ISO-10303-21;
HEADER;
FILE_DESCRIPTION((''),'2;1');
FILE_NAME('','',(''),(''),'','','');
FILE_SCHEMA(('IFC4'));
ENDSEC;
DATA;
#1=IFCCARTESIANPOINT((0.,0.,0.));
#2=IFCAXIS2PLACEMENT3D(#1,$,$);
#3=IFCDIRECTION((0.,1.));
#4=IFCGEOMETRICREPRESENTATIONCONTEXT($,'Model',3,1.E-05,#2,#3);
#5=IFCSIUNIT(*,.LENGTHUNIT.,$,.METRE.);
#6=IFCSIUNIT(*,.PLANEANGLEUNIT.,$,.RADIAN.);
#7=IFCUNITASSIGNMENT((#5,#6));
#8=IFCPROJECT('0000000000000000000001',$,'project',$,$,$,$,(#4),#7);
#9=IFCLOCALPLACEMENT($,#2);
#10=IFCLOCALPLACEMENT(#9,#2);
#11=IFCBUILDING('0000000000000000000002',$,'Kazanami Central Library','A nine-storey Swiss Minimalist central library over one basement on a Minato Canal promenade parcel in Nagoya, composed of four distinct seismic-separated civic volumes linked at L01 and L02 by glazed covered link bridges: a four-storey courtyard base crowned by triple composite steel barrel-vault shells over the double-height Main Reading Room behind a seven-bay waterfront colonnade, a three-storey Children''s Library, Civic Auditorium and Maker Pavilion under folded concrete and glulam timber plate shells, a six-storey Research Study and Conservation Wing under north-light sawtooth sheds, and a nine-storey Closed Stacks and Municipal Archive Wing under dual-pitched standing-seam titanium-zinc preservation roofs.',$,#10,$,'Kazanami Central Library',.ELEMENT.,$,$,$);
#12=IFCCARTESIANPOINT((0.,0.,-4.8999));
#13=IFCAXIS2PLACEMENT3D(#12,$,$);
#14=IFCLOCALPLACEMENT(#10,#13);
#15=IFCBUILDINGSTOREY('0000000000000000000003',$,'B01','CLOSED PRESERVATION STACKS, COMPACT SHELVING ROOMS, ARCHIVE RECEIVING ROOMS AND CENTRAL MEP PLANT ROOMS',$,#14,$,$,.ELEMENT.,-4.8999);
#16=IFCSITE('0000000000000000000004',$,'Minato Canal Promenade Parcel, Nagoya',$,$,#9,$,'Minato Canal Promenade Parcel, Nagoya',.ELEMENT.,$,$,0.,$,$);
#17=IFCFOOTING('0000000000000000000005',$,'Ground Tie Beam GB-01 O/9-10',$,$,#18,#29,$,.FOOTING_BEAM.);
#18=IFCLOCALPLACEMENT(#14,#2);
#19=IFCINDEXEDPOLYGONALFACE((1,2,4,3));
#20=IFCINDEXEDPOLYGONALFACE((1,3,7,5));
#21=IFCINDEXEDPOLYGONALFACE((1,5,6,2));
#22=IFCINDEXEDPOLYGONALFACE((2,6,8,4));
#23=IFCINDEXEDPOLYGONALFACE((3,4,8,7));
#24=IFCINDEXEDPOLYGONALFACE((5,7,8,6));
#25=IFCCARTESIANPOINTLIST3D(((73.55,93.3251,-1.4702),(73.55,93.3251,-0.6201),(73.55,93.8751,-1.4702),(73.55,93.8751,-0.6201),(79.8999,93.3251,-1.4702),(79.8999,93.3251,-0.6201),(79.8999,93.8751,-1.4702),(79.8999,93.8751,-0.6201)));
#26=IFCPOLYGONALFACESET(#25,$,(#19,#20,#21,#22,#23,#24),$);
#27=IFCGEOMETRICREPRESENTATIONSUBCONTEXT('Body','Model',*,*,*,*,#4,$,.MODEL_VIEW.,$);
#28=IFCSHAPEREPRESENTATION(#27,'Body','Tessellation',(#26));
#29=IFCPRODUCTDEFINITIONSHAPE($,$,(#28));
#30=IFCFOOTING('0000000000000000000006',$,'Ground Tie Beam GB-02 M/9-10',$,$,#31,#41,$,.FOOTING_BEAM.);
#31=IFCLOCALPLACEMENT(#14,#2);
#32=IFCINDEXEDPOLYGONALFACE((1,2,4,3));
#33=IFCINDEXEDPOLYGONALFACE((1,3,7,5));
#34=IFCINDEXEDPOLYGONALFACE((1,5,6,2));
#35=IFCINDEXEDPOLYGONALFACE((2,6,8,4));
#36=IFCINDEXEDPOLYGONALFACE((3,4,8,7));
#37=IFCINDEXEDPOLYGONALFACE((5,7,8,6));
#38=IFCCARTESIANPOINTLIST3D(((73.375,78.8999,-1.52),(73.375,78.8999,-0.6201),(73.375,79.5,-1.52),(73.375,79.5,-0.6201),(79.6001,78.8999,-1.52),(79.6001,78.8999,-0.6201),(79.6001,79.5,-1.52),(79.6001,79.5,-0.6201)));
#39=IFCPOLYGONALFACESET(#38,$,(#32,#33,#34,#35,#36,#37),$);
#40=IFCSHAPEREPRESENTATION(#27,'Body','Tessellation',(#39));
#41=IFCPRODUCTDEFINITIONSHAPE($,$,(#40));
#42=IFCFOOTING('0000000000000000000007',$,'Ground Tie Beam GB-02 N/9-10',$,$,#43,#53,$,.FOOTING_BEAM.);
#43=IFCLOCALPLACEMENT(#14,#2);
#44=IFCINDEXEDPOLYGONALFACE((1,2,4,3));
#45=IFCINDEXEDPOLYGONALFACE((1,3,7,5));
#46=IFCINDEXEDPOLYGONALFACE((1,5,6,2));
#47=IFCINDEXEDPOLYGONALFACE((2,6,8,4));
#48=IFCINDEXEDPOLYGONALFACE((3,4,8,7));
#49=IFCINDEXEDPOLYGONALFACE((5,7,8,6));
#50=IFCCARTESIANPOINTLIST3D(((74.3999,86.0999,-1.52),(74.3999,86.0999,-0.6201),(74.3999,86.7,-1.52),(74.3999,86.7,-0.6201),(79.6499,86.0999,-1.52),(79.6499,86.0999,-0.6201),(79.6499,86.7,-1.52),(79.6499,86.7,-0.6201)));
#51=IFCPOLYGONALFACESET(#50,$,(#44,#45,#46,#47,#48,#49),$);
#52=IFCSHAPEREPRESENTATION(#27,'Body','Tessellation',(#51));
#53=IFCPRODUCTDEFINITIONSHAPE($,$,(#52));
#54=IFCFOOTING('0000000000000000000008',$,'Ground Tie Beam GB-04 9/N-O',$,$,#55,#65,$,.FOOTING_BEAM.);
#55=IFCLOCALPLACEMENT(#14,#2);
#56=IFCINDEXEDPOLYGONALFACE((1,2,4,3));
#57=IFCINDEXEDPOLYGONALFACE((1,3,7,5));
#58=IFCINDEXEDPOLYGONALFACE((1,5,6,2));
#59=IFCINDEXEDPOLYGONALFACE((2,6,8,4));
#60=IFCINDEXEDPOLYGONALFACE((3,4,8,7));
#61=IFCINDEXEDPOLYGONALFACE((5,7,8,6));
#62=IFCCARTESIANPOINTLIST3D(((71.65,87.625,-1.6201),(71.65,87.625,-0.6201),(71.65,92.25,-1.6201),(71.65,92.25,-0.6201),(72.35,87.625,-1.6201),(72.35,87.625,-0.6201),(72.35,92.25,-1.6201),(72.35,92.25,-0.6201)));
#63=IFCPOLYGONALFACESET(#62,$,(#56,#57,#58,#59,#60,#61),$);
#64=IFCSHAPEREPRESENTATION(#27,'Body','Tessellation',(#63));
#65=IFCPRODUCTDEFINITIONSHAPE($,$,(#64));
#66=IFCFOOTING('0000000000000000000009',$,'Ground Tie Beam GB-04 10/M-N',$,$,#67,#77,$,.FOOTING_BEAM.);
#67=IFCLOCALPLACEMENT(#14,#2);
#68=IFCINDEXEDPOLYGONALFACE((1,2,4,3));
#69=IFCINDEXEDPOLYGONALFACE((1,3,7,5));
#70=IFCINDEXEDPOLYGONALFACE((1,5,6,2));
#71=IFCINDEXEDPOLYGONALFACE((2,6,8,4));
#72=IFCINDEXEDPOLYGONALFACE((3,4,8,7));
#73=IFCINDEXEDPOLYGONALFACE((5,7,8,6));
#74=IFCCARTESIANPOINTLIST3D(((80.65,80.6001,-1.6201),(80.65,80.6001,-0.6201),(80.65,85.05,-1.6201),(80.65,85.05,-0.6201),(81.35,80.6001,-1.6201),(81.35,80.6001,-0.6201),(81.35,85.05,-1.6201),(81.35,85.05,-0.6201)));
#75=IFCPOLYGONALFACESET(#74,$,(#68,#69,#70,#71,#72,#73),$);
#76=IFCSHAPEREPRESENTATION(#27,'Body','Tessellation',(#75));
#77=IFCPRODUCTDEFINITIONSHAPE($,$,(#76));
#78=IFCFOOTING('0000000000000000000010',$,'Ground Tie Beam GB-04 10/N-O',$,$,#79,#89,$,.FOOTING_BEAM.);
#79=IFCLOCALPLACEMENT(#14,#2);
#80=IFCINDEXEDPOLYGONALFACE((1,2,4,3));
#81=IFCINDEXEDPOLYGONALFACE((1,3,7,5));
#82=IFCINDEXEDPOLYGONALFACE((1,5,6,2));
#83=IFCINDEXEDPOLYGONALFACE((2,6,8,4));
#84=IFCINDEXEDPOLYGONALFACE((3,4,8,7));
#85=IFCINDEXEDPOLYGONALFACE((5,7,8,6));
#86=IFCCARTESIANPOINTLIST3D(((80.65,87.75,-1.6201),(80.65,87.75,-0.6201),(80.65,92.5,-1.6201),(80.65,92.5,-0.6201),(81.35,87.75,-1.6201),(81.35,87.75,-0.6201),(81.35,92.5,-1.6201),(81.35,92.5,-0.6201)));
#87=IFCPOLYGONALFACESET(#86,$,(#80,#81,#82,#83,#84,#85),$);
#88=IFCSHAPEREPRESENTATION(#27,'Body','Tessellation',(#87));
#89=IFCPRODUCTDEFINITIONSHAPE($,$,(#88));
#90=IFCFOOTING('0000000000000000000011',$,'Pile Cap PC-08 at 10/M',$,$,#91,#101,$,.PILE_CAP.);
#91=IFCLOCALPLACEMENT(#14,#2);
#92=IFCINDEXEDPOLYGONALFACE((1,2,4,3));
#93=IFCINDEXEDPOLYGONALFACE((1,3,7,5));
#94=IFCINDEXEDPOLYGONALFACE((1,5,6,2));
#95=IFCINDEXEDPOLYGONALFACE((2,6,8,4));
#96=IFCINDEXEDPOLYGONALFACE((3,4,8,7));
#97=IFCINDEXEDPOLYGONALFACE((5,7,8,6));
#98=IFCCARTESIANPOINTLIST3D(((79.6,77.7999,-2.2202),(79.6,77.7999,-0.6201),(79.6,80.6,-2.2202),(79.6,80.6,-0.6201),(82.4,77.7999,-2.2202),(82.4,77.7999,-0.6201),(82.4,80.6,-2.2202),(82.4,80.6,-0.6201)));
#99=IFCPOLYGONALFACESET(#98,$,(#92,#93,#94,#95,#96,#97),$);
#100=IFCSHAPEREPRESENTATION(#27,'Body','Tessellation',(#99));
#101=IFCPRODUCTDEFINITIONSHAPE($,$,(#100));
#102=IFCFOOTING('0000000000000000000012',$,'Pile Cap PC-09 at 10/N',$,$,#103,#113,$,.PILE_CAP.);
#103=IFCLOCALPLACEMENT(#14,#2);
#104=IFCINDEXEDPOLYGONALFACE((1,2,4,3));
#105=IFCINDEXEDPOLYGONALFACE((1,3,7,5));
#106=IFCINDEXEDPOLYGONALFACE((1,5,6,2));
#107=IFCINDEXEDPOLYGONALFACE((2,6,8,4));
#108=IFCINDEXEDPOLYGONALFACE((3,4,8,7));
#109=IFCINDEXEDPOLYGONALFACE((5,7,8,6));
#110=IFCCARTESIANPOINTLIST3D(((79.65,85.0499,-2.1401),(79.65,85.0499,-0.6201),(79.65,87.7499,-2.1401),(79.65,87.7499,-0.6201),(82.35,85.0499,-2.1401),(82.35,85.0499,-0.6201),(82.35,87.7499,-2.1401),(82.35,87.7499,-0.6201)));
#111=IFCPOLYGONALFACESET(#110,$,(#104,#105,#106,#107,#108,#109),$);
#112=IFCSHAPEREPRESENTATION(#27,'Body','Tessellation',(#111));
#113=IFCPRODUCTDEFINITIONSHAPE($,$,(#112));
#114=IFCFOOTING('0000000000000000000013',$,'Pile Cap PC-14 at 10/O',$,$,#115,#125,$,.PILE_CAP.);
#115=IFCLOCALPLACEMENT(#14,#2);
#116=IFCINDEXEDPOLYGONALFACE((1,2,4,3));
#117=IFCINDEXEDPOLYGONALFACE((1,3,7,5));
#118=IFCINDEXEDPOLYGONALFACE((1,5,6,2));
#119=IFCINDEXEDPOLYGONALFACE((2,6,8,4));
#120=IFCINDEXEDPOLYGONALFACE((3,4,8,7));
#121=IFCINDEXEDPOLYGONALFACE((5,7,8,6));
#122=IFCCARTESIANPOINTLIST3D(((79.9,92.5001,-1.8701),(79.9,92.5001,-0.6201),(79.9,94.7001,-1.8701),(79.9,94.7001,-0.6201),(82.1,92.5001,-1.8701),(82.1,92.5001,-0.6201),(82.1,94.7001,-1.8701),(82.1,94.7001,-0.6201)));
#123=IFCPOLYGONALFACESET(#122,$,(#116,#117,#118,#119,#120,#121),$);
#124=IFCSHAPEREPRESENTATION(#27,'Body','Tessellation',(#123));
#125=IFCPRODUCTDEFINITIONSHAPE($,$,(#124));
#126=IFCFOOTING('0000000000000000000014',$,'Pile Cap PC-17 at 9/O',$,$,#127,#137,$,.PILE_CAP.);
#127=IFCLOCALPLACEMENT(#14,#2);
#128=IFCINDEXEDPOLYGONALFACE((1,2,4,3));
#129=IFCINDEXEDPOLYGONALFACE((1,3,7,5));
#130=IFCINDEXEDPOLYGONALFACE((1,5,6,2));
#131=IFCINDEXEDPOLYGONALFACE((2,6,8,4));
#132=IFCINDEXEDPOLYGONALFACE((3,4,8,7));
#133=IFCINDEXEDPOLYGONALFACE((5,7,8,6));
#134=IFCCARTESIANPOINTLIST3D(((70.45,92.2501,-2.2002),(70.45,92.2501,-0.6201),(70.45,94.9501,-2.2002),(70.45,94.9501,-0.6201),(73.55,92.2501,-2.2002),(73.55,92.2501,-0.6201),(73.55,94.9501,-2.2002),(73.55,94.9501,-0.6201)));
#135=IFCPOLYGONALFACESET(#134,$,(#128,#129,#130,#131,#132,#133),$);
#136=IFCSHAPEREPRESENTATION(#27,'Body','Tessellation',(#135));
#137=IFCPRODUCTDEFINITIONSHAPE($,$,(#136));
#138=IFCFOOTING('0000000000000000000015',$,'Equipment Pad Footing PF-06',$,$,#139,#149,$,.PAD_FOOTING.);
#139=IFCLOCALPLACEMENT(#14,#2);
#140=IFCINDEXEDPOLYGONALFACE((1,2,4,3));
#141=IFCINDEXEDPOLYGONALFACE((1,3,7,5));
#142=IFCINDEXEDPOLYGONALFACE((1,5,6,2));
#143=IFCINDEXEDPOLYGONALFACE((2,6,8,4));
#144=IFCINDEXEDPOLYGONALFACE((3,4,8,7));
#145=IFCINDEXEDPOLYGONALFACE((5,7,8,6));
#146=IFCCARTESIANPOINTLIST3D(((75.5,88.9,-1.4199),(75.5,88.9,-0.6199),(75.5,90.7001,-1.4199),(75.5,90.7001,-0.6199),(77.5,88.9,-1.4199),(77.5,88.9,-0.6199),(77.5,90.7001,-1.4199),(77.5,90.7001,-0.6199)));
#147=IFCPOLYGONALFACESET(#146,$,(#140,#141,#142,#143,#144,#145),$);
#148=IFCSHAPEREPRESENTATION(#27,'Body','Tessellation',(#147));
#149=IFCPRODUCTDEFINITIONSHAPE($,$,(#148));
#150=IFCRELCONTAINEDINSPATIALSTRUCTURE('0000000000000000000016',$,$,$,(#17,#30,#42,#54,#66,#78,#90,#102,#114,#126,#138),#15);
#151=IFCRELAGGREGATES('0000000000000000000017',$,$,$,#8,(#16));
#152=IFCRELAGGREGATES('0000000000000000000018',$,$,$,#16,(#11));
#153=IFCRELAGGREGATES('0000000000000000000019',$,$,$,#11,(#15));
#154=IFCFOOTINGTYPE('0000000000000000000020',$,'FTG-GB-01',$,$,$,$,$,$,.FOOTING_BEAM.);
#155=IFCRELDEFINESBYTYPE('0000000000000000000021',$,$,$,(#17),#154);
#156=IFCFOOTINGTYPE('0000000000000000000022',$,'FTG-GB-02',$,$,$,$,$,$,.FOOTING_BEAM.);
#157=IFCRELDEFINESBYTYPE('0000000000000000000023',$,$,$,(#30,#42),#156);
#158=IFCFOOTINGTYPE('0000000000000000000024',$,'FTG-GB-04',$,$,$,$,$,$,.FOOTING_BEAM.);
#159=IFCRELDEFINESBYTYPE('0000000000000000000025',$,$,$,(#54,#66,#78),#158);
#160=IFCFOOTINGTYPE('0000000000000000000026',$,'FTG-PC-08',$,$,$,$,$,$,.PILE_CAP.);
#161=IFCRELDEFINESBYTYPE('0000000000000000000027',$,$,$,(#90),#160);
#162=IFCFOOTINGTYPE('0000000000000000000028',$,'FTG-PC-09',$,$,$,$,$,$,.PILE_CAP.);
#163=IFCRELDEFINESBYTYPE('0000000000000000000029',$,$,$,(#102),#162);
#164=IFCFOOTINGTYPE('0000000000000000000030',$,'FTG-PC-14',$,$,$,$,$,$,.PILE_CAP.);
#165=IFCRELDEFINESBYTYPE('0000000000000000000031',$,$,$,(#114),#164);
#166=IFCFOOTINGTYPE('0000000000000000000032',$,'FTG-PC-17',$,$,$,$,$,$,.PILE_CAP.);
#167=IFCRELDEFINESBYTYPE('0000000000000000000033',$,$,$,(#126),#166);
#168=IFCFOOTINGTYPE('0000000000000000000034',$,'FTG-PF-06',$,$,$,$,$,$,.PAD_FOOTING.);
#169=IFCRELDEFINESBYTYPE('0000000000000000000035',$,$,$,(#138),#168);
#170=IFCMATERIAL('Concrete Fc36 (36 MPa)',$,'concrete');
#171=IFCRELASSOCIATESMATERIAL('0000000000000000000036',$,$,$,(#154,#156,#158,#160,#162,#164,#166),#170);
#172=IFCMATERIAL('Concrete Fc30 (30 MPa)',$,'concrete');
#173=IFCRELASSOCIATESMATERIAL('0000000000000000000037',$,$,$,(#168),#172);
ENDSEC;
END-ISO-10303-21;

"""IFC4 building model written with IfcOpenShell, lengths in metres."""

from ifc_helpers import new_model, si_unit, direction, frame, origin, origin_2d, place, context, subcontext, project, spatial, rectangle, extrude, material, material_profile, profile_set, type_object, element, save


model = new_model("IFC4")

# Units and contexts
model_context = context("Model", 3, precision=1e-05, world=origin(), true_north=direction((0.0, 1.0)))
body_context = subcontext(model_context, "Body", "Model", "MODEL_VIEW")
ifc_project = project(units=[si_unit("LENGTHUNIT", "METRE"), si_unit("PLANEANGLEUNIT", "RADIAN")], contexts=[model_context])

# Site, building, storey
site_placement = place(None, origin())
site = spatial("IfcSite", under=ifc_project, at=site_placement, Name="Minato Canal Promenade Parcel, Nagoya", LongName="Minato Canal Promenade Parcel, Nagoya", CompositionType="ELEMENT", RefElevation=0.0)
building_placement = place(site_placement, origin())
building = spatial("IfcBuilding", under=site, at=building_placement, Name="Kazanami Central Library", Description="A nine-storey Swiss Minimalist central library over one basement on a Minato Canal promenade parcel in Nagoya, composed of four distinct seismic-separated civic volumes linked at L01 and L02 by glazed covered link bridges: a four-storey courtyard base crowned by triple composite steel barrel-vault shells over the double-height Main Reading Room behind a seven-bay waterfront colonnade, a three-storey Children's Library, Civic Auditorium and Maker Pavilion under folded concrete and glulam timber plate shells, a six-storey Research Study and Conservation Wing under north-light sawtooth sheds, and a nine-storey Closed Stacks and Municipal Archive Wing under dual-pitched standing-seam titanium-zinc preservation roofs.", LongName="Kazanami Central Library", CompositionType="ELEMENT")
storey_placement = place(building_placement, frame((0.0, 0.0, -4.8999)))
storey = spatial("IfcBuildingStorey", under=building, at=storey_placement, Name="B01", Description="CLOSED PRESERVATION STACKS, COMPACT SHELVING ROOMS, ARCHIVE RECEIVING ROOMS AND CENTRAL MEP PLANT ROOMS", CompositionType="ELEMENT", Elevation=-4.8999)

# Footings
ifc_material_1 = material(Name="Concrete Fc36 (36 MPa)", Category="concrete")
ifc_material_profile_1 = material_profile(ifc_material_1, rectangle(XDim=0.55, YDim=0.8501, at=origin_2d()), Name="RC-550x850")
ifc_profile_set_1 = profile_set([ifc_material_profile_1], Name="Concrete Fc36 (36 MPa)")
footing_type_1 = type_object("IfcFootingType", Name="FTG-GB-01", PredefinedType="FOOTING_BEAM", material=ifc_profile_set_1)
footing_1_placement = place(storey_placement, frame((73.55, 93.6001, -1.0452), z_axis=(1.0, 0.0, 0.0), x_axis=(0.0, 1.0, 0.0)))
element("IfcFooting", 1, at=footing_1_placement, inside=storey, type_object=footing_type_1, Name="Ground Tie Beam GB-01 O/9-10", PredefinedType="FOOTING_BEAM", context=body_context, shape_type="SweptSolid", body=[
    extrude(rectangle(XDim=0.55, YDim=0.8501, at=origin_2d()), origin(), (0.0, 0.0, 1.0), 6.3499),
])
ifc_material_profile_2 = material_profile(ifc_material_1, rectangle(XDim=0.6001, YDim=0.8999, at=origin_2d()), Name="RC-600x900")
ifc_profile_set_2 = profile_set([ifc_material_profile_2], Name="Concrete Fc36 (36 MPa)")
footing_type_2 = type_object("IfcFootingType", Name="FTG-GB-02", PredefinedType="FOOTING_BEAM", material=ifc_profile_set_2)
footing_2_placement = place(storey_placement, frame((73.375, 79.2, -1.0701), z_axis=(1.0, 0.0, 0.0), x_axis=(0.0, 1.0, 0.0)))
element("IfcFooting", 2, at=footing_2_placement, inside=storey, type_object=footing_type_2, Name="Ground Tie Beam GB-02 M/9-10", PredefinedType="FOOTING_BEAM", context=body_context, shape_type="SweptSolid", body=[
    extrude(rectangle(XDim=0.6001, YDim=0.8999, at=origin_2d()), origin(), (0.0, 0.0, 1.0), 6.2251),
])
footing_3_placement = place(storey_placement, frame((74.3999, 86.3999, -1.0701), z_axis=(1.0, 0.0, 0.0), x_axis=(0.0, 1.0, 0.0)))
element("IfcFooting", 3, at=footing_3_placement, inside=storey, type_object=footing_type_2, Name="Ground Tie Beam GB-02 N/9-10", PredefinedType="FOOTING_BEAM", context=body_context, shape_type="SweptSolid", body=[
    extrude(rectangle(XDim=0.6001, YDim=0.8999, at=origin_2d()), origin(), (0.0, 0.0, 1.0), 5.25),
])
ifc_material_profile_3 = material_profile(ifc_material_1, rectangle(XDim=0.7, YDim=1.0, at=origin_2d()), Name="RC-700x1000")
ifc_profile_set_3 = profile_set([ifc_material_profile_3], Name="Concrete Fc36 (36 MPa)")
footing_type_3 = type_object("IfcFootingType", Name="FTG-GB-04", PredefinedType="FOOTING_BEAM", material=ifc_profile_set_3)
footing_4_placement = place(storey_placement, frame((72.0, 87.625, -1.1201), z_axis=(0.0, 1.0, 0.0), x_axis=(-1.0, 0.0, 0.0)))
element("IfcFooting", 4, at=footing_4_placement, inside=storey, type_object=footing_type_3, Name="Ground Tie Beam GB-04 9/N-O", PredefinedType="FOOTING_BEAM", context=body_context, shape_type="SweptSolid", body=[
    extrude(rectangle(XDim=0.7, YDim=1.0, at=origin_2d()), origin(), (0.0, 0.0, 1.0), 4.625),
])
footing_5_placement = place(storey_placement, frame((81.0, 80.6001, -1.1201), z_axis=(0.0, 1.0, 0.0), x_axis=(-1.0, 0.0, 0.0)))
element("IfcFooting", 5, at=footing_5_placement, inside=storey, type_object=footing_type_3, Name="Ground Tie Beam GB-04 10/M-N", PredefinedType="FOOTING_BEAM", context=body_context, shape_type="SweptSolid", body=[
    extrude(rectangle(XDim=0.7, YDim=1.0, at=origin_2d()), origin(), (0.0, 0.0, 1.0), 4.45),
])
footing_6_placement = place(storey_placement, frame((81.0, 87.75, -1.1201), z_axis=(0.0, 1.0, 0.0), x_axis=(-1.0, 0.0, 0.0)))
element("IfcFooting", 6, at=footing_6_placement, inside=storey, type_object=footing_type_3, Name="Ground Tie Beam GB-04 10/N-O", PredefinedType="FOOTING_BEAM", context=body_context, shape_type="SweptSolid", body=[
    extrude(rectangle(XDim=0.7, YDim=1.0, at=origin_2d()), origin(), (0.0, 0.0, 1.0), 4.75),
])
footing_type_4 = type_object("IfcFootingType", Name="FTG-PC-08", PredefinedType="PILE_CAP", material=ifc_material_1)
footing_7_placement = place(storey_placement, frame((81.0, 79.2, -2.2202), z_axis=(0.0, 0.0, 1.0), x_axis=(1.0, 0.0, 0.0)))
element("IfcFooting", 7, at=footing_7_placement, inside=storey, type_object=footing_type_4, Name="Pile Cap PC-08 at 10/M", PredefinedType="PILE_CAP", context=body_context, shape_type="SweptSolid", body=[
    extrude(rectangle(XDim=2.8, YDim=2.8, at=origin_2d()), origin(), (0.0, 0.0, 1.0), 1.6001),
])
footing_type_5 = type_object("IfcFootingType", Name="FTG-PC-09", PredefinedType="PILE_CAP", material=ifc_material_1)
footing_8_placement = place(storey_placement, frame((81.0, 86.3999, -2.1401), z_axis=(0.0, 0.0, 1.0), x_axis=(1.0, 0.0, 0.0)))
element("IfcFooting", 8, at=footing_8_placement, inside=storey, type_object=footing_type_5, Name="Pile Cap PC-09 at 10/N", PredefinedType="PILE_CAP", context=body_context, shape_type="SweptSolid", body=[
    extrude(rectangle(XDim=2.7, YDim=2.7, at=origin_2d()), origin(), (0.0, 0.0, 1.0), 1.52),
])
footing_type_6 = type_object("IfcFootingType", Name="FTG-PC-14", PredefinedType="PILE_CAP", material=ifc_material_1)
footing_9_placement = place(storey_placement, frame((81.0, 93.6001, -1.8701), z_axis=(0.0, 0.0, 1.0), x_axis=(1.0, 0.0, 0.0)))
element("IfcFooting", 9, at=footing_9_placement, inside=storey, type_object=footing_type_6, Name="Pile Cap PC-14 at 10/O", PredefinedType="PILE_CAP", context=body_context, shape_type="SweptSolid", body=[
    extrude(rectangle(XDim=2.2, YDim=2.2, at=origin_2d()), origin(), (0.0, 0.0, 1.0), 1.25),
])
footing_type_7 = type_object("IfcFootingType", Name="FTG-PC-17", PredefinedType="PILE_CAP", material=ifc_material_1)
footing_10_placement = place(storey_placement, frame((72.0, 93.6001, -2.2002), z_axis=(0.0, 0.0, 1.0), x_axis=(1.0, 0.0, 0.0)))
element("IfcFooting", 10, at=footing_10_placement, inside=storey, type_object=footing_type_7, Name="Pile Cap PC-17 at 9/O", PredefinedType="PILE_CAP", context=body_context, shape_type="SweptSolid", body=[
    extrude(rectangle(XDim=3.1001, YDim=2.7, at=origin_2d()), origin(), (0.0, 0.0, 1.0), 1.5801),
])
ifc_material_2 = material(Name="Concrete Fc30 (30 MPa)", Category="concrete")
footing_type_8 = type_object("IfcFootingType", Name="FTG-PF-06", PredefinedType="PAD_FOOTING", material=ifc_material_2)
footing_11_placement = place(storey_placement, frame((76.5, 89.8, -1.4199), z_axis=(0.0, 0.0, 1.0), x_axis=(1.0, 0.0, 0.0)))
element("IfcFooting", 11, at=footing_11_placement, inside=storey, type_object=footing_type_8, Name="Equipment Pad Footing PF-06", PredefinedType="PAD_FOOTING", context=body_context, shape_type="SweptSolid", body=[
    extrude(rectangle(XDim=2.0, YDim=1.8, at=origin_2d()), origin(), (0.0, 0.0, 1.0), 0.8),
])

save(model, "model.ifc")
